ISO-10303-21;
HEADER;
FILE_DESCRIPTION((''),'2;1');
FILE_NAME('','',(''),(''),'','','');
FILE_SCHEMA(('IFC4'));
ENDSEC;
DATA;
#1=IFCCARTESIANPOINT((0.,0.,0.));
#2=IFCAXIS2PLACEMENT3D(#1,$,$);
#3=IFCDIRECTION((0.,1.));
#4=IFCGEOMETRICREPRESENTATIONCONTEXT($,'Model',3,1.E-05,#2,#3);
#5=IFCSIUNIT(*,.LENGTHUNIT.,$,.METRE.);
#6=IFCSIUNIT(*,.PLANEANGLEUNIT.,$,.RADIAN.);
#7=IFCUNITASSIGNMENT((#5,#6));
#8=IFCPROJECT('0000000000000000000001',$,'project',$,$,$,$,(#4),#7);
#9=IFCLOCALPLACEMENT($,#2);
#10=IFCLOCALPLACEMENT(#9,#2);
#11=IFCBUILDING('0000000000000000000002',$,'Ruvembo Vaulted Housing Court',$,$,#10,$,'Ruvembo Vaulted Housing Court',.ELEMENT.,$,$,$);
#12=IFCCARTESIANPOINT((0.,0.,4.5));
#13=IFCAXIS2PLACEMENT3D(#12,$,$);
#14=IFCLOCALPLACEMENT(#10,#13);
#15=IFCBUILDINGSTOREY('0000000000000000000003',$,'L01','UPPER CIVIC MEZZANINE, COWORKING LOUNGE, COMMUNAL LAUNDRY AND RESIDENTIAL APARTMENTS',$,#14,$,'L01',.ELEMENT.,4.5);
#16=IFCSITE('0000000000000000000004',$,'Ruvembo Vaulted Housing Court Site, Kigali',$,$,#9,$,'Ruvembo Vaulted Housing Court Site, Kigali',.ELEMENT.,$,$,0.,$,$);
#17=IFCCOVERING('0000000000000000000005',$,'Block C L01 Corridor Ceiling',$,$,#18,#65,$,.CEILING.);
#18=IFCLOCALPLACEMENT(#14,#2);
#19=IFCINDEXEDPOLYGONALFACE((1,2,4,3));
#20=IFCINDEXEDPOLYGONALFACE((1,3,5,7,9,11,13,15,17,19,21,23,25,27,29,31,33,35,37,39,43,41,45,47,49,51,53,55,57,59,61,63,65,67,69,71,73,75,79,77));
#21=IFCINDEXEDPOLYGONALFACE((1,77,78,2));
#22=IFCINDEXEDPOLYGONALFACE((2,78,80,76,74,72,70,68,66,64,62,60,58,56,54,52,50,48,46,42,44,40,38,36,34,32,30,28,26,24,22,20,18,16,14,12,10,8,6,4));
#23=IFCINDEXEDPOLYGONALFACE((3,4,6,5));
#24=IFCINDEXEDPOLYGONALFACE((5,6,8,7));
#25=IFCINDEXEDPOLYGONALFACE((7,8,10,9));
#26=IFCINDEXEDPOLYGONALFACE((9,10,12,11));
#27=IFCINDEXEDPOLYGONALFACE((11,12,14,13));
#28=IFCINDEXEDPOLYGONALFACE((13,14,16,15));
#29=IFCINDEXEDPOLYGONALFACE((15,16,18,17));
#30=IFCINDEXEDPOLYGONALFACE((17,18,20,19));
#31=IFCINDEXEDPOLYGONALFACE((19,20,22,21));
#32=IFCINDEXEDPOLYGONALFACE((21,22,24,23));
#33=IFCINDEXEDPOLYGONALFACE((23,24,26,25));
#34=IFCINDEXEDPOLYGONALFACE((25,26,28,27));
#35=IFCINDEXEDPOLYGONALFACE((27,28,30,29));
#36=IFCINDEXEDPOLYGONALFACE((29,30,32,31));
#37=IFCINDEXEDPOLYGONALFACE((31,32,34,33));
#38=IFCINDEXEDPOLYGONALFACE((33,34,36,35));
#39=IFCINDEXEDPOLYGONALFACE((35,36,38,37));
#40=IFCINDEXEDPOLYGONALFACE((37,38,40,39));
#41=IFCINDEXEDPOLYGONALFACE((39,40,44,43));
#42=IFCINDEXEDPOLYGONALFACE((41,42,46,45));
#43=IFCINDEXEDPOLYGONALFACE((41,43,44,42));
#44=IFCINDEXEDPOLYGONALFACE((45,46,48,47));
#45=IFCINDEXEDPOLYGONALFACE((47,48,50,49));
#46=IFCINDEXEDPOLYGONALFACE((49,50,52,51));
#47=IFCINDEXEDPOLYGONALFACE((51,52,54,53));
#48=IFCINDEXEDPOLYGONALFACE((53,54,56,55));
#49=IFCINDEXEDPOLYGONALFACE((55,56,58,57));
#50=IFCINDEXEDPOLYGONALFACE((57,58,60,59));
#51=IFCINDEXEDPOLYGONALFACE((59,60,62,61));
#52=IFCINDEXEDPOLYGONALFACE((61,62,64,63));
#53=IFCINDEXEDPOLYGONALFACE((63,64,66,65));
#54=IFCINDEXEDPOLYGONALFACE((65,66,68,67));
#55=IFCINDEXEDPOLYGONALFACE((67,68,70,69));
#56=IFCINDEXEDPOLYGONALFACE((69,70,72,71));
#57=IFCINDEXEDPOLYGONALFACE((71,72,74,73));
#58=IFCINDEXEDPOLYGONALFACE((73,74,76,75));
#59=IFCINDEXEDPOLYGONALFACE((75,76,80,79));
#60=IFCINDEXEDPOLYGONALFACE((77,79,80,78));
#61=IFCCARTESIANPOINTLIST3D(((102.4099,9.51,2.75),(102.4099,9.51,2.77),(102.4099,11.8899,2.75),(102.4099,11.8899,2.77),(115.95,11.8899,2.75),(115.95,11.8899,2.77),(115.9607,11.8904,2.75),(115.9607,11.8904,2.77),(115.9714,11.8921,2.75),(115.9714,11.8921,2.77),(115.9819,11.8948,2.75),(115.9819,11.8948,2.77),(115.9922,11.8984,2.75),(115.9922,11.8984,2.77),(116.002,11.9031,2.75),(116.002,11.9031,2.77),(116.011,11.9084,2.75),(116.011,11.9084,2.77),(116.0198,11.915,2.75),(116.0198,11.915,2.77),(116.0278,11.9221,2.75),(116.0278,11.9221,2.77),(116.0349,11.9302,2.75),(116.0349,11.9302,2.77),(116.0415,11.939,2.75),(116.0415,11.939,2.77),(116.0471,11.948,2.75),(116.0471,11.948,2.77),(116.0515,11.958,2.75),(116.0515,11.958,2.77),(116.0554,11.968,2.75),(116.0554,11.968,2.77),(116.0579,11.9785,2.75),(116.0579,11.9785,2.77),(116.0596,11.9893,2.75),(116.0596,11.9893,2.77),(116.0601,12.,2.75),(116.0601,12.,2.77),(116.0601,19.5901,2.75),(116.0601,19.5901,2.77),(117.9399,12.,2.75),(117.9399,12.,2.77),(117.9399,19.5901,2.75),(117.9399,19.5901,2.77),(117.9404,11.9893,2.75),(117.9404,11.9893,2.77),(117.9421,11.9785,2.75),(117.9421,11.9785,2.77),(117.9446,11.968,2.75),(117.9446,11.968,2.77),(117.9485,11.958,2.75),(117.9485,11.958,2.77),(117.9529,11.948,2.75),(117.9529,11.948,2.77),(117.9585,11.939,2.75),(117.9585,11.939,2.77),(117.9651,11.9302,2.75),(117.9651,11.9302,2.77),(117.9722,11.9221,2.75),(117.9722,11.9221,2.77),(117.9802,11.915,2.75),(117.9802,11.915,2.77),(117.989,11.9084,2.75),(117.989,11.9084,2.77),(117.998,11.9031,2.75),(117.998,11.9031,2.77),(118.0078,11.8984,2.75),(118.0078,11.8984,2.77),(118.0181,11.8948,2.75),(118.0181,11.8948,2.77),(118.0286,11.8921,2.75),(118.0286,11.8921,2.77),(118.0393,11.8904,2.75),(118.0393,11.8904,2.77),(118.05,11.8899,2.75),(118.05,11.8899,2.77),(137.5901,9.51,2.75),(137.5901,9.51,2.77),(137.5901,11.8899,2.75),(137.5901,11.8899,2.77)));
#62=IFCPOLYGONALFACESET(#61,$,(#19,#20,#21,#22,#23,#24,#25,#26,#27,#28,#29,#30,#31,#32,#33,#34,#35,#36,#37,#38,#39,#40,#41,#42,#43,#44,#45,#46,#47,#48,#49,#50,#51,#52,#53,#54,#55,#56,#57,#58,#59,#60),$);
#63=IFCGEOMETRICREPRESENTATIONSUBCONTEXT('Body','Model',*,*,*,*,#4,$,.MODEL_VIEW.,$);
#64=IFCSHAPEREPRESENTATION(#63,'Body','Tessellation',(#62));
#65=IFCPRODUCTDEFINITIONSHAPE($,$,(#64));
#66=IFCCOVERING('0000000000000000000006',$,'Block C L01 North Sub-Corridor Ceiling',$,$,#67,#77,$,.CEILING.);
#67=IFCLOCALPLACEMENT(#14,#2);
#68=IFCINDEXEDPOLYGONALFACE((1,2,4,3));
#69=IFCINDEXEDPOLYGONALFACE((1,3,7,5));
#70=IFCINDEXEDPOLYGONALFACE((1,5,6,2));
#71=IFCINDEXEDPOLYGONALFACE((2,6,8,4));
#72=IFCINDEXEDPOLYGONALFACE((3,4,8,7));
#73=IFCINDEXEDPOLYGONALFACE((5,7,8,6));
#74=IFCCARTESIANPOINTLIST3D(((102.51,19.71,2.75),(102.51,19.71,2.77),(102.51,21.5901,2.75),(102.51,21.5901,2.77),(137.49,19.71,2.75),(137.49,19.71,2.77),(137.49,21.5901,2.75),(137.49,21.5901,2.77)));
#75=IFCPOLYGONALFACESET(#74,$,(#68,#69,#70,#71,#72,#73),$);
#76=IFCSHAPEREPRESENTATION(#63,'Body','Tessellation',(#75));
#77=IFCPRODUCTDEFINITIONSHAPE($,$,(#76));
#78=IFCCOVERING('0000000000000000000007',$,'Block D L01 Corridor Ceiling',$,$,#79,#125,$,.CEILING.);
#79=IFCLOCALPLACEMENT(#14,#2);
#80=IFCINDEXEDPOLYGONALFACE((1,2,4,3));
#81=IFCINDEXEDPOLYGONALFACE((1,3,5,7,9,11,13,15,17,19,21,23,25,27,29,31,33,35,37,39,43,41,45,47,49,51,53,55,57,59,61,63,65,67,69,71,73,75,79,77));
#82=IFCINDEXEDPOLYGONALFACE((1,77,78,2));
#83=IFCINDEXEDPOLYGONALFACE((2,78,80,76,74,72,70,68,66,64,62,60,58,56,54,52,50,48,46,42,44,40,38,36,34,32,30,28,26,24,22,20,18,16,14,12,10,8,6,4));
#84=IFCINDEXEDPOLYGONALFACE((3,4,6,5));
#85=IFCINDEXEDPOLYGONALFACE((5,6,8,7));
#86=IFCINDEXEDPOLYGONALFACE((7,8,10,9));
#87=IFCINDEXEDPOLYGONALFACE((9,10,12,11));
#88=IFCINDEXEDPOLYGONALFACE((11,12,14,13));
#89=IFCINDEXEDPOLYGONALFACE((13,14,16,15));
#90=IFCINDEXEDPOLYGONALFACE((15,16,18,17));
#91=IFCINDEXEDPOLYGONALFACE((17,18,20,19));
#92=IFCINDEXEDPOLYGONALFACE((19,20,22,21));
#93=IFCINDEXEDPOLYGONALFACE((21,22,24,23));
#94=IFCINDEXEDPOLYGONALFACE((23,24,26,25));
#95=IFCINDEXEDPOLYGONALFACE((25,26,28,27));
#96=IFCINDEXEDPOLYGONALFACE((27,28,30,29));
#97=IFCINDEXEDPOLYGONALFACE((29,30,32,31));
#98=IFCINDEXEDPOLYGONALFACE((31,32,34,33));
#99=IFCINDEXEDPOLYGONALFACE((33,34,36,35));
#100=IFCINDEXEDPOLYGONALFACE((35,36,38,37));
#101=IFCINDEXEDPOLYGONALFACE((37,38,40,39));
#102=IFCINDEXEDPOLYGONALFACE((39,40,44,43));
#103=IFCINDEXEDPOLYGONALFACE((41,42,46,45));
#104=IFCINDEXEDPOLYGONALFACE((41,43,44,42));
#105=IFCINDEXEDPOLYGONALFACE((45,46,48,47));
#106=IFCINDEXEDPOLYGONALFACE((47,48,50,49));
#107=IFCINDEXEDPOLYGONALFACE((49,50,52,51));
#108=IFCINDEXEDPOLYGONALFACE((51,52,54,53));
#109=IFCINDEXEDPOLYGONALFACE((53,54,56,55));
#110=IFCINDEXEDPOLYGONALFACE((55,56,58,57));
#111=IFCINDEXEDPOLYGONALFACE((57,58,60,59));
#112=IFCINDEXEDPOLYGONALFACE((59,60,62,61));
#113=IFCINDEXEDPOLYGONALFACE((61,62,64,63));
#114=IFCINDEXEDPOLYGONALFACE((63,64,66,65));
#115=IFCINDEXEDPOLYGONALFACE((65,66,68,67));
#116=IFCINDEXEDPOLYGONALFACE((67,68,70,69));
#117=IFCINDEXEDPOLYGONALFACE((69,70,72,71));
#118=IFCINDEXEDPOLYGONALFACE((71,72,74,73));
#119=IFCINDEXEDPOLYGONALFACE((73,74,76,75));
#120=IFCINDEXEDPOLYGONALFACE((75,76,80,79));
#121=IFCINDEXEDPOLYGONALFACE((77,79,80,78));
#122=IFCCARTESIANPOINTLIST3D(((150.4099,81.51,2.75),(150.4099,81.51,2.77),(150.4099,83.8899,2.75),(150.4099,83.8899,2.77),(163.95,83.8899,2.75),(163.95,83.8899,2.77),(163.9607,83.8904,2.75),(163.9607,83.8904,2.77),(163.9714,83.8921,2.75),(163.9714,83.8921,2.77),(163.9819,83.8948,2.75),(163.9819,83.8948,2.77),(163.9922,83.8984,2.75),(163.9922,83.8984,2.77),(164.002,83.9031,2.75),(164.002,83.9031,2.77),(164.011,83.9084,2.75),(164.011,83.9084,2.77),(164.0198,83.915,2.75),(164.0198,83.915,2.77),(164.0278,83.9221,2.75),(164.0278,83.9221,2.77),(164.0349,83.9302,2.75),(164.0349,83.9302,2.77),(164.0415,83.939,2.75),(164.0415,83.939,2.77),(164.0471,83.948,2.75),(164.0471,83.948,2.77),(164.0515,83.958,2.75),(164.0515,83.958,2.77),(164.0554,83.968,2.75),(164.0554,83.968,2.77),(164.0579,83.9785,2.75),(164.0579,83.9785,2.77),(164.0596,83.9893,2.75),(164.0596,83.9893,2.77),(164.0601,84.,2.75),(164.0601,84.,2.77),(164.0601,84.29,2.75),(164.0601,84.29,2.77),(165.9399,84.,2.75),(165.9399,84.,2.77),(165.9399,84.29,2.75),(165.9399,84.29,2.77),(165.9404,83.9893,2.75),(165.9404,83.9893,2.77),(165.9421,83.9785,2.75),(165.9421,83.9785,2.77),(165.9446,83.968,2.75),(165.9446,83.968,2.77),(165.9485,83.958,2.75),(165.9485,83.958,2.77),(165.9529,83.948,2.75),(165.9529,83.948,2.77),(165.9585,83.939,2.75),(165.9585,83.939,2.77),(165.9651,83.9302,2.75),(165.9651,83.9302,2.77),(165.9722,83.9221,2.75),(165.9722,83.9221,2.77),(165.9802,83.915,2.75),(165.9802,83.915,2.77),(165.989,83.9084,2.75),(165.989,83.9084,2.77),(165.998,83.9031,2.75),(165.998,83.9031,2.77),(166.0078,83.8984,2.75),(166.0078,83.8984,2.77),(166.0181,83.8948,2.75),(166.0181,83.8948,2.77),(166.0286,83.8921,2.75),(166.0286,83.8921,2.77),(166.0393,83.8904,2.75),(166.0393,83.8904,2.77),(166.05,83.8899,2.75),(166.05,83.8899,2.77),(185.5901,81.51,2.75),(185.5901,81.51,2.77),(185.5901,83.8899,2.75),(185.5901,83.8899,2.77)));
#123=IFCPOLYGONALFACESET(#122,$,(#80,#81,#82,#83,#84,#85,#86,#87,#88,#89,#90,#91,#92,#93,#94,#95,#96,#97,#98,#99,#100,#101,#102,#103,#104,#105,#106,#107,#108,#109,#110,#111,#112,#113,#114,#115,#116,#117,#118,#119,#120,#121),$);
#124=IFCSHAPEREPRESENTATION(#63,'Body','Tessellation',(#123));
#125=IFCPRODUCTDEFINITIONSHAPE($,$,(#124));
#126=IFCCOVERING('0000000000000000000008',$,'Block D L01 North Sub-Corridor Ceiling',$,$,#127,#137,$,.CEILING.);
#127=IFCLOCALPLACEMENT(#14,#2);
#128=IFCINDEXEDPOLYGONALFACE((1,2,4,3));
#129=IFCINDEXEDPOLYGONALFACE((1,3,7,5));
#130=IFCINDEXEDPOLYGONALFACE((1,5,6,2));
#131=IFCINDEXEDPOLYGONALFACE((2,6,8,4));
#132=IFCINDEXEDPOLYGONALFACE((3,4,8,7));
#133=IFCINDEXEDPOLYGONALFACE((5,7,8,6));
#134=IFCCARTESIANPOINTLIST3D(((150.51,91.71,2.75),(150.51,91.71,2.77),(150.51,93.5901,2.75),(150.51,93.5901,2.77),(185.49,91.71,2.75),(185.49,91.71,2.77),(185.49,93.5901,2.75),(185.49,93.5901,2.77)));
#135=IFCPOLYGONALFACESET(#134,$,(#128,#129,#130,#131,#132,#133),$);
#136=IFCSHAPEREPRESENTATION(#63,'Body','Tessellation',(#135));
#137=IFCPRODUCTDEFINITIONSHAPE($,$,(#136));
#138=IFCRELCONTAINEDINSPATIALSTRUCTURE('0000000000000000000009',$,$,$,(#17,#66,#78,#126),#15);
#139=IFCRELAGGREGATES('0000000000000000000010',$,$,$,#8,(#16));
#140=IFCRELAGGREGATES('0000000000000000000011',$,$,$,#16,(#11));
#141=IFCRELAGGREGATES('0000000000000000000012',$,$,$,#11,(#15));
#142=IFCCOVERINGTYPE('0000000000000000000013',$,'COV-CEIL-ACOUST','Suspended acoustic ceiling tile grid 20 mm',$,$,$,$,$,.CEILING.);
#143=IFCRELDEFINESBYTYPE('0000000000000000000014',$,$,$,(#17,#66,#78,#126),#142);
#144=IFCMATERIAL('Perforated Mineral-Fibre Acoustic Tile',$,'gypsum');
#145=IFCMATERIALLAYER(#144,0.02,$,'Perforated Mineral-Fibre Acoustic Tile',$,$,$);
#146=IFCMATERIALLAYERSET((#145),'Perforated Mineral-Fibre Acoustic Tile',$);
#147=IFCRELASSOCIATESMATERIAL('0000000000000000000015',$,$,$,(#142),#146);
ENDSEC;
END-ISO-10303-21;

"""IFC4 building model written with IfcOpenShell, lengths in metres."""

from ifc_helpers import new_model, si_unit, direction, frame, origin, place, context, subcontext, project, spatial, polyline, outline, extrude, material, layer, layer_set, type_object, element, save


model = new_model("IFC4")

# Units and contexts
model_context = context("Model", 3, precision=1e-05, world=origin(), true_north=direction((0.0, 1.0)))
body_context = subcontext(model_context, "Body", "Model", "MODEL_VIEW")
ifc_project = project(units=[si_unit("LENGTHUNIT", "METRE"), si_unit("PLANEANGLEUNIT", "RADIAN")], contexts=[model_context])

# Site, building, storey
site_placement = place(None, origin())
site = spatial("IfcSite", under=ifc_project, at=site_placement, Name="Ruvembo Vaulted Housing Court Site, Kigali", LongName="Ruvembo Vaulted Housing Court Site, Kigali", CompositionType="ELEMENT", RefElevation=0.0)
building_placement = place(site_placement, origin())
building = spatial("IfcBuilding", under=site, at=building_placement, Name="Ruvembo Vaulted Housing Court", LongName="Ruvembo Vaulted Housing Court", CompositionType="ELEMENT")
storey_placement = place(building_placement, frame((0.0, 0.0, 4.5)))
storey = spatial("IfcBuildingStorey", under=building, at=storey_placement, Name="L01", Description="UPPER CIVIC MEZZANINE, COWORKING LOUNGE, COMMUNAL LAUNDRY AND RESIDENTIAL APARTMENTS", LongName="L01", CompositionType="ELEMENT", Elevation=4.5)

# Coverings
ifc_material_1 = material(Name="Perforated Mineral-Fibre Acoustic Tile", Category="gypsum")
ifc_layer_1 = layer(ifc_material_1, 0.02, Name="Perforated Mineral-Fibre Acoustic Tile")
ifc_layer_set_1 = layer_set([ifc_layer_1], Name="Perforated Mineral-Fibre Acoustic Tile")
covering_type_1 = type_object("IfcCoveringType", Name="COV-CEIL-ACOUST", Description="Suspended acoustic ceiling tile grid 20 mm", PredefinedType="CEILING", material=ifc_layer_set_1)
covering_1_placement = place(storey_placement, frame((0.0, 0.0, 2.75)))
element("IfcCovering", 1, at=covering_1_placement, inside=storey, type_object=covering_type_1, Name="Block C L01 Corridor Ceiling", PredefinedType="CEILING", context=body_context, shape_type="SweptSolid", body=[
    extrude(outline(polyline([(115.95, 11.8899), (102.4099, 11.8899), (102.4099, 9.51), (137.5901, 9.51), (137.5901, 11.8899), (118.05, 11.8899), (118.0393, 11.8904), (118.0286, 11.8921), (118.0181, 11.8948), (118.0078, 11.8984), (117.998, 11.9031), (117.989, 11.9084), (117.9802, 11.915), (117.9722, 11.9221), (117.9651, 11.9302), (117.9585, 11.939), (117.9529, 11.948), (117.9485, 11.958), (117.9446, 11.968), (117.9421, 11.9785), (117.9404, 11.9893), (117.9399, 12.0), (117.9399, 19.5901), (116.0601, 19.5901), (116.0601, 12.0), (116.0596, 11.9893), (116.0579, 11.9785), (116.0554, 11.968), (116.0515, 11.958), (116.0471, 11.948), (116.0415, 11.939), (116.0349, 11.9302), (116.0278, 11.9221), (116.0198, 11.915), (116.011, 11.9084), (116.002, 11.9031), (115.9922, 11.8984), (115.9819, 11.8948), (115.9714, 11.8921), (115.9607, 11.8904), (115.95, 11.8899)])), origin(), (0.0, 0.0, 1.0), 0.02),
])
covering_2_placement = place(storey_placement, frame((0.0, 0.0, 2.75)))
element("IfcCovering", 2, at=covering_2_placement, inside=storey, type_object=covering_type_1, Name="Block C L01 North Sub-Corridor Ceiling", PredefinedType="CEILING", context=body_context, shape_type="SweptSolid", body=[
    extrude(outline(polyline([(137.49, 19.71), (137.49, 21.5901), (102.51, 21.5901), (102.51, 19.71), (137.49, 19.71)])), origin(), (0.0, 0.0, 1.0), 0.02),
])
covering_3_placement = place(storey_placement, frame((0.0, 0.0, 2.75)))
element("IfcCovering", 3, at=covering_3_placement, inside=storey, type_object=covering_type_1, Name="Block D L01 Corridor Ceiling", PredefinedType="CEILING", context=body_context, shape_type="SweptSolid", body=[
    extrude(outline(polyline([(163.95, 83.8899), (150.4099, 83.8899), (150.4099, 81.51), (185.5901, 81.51), (185.5901, 83.8899), (166.05, 83.8899), (166.0393, 83.8904), (166.0286, 83.8921), (166.0181, 83.8948), (166.0078, 83.8984), (165.998, 83.9031), (165.989, 83.9084), (165.9802, 83.915), (165.9722, 83.9221), (165.9651, 83.9302), (165.9585, 83.939), (165.9529, 83.948), (165.9485, 83.958), (165.9446, 83.968), (165.9421, 83.9785), (165.9404, 83.9893), (165.9399, 84.0), (165.9399, 84.29), (164.0601, 84.29), (164.0601, 84.0), (164.0596, 83.9893), (164.0579, 83.9785), (164.0554, 83.968), (164.0515, 83.958), (164.0471, 83.948), (164.0415, 83.939), (164.0349, 83.9302), (164.0278, 83.9221), (164.0198, 83.915), (164.011, 83.9084), (164.002, 83.9031), (163.9922, 83.8984), (163.9819, 83.8948), (163.9714, 83.8921), (163.9607, 83.8904), (163.95, 83.8899)])), origin(), (0.0, 0.0, 1.0), 0.02),
])
covering_4_placement = place(storey_placement, frame((0.0, 0.0, 2.75)))
element("IfcCovering", 4, at=covering_4_placement, inside=storey, type_object=covering_type_1, Name="Block D L01 North Sub-Corridor Ceiling", PredefinedType="CEILING", context=body_context, shape_type="SweptSolid", body=[
    extrude(outline(polyline([(185.49, 91.71), (185.49, 93.5901), (150.51, 93.5901), (150.51, 91.71), (185.49, 91.71)])), origin(), (0.0, 0.0, 1.0), 0.02),
])

save(model, "model.ifc")
